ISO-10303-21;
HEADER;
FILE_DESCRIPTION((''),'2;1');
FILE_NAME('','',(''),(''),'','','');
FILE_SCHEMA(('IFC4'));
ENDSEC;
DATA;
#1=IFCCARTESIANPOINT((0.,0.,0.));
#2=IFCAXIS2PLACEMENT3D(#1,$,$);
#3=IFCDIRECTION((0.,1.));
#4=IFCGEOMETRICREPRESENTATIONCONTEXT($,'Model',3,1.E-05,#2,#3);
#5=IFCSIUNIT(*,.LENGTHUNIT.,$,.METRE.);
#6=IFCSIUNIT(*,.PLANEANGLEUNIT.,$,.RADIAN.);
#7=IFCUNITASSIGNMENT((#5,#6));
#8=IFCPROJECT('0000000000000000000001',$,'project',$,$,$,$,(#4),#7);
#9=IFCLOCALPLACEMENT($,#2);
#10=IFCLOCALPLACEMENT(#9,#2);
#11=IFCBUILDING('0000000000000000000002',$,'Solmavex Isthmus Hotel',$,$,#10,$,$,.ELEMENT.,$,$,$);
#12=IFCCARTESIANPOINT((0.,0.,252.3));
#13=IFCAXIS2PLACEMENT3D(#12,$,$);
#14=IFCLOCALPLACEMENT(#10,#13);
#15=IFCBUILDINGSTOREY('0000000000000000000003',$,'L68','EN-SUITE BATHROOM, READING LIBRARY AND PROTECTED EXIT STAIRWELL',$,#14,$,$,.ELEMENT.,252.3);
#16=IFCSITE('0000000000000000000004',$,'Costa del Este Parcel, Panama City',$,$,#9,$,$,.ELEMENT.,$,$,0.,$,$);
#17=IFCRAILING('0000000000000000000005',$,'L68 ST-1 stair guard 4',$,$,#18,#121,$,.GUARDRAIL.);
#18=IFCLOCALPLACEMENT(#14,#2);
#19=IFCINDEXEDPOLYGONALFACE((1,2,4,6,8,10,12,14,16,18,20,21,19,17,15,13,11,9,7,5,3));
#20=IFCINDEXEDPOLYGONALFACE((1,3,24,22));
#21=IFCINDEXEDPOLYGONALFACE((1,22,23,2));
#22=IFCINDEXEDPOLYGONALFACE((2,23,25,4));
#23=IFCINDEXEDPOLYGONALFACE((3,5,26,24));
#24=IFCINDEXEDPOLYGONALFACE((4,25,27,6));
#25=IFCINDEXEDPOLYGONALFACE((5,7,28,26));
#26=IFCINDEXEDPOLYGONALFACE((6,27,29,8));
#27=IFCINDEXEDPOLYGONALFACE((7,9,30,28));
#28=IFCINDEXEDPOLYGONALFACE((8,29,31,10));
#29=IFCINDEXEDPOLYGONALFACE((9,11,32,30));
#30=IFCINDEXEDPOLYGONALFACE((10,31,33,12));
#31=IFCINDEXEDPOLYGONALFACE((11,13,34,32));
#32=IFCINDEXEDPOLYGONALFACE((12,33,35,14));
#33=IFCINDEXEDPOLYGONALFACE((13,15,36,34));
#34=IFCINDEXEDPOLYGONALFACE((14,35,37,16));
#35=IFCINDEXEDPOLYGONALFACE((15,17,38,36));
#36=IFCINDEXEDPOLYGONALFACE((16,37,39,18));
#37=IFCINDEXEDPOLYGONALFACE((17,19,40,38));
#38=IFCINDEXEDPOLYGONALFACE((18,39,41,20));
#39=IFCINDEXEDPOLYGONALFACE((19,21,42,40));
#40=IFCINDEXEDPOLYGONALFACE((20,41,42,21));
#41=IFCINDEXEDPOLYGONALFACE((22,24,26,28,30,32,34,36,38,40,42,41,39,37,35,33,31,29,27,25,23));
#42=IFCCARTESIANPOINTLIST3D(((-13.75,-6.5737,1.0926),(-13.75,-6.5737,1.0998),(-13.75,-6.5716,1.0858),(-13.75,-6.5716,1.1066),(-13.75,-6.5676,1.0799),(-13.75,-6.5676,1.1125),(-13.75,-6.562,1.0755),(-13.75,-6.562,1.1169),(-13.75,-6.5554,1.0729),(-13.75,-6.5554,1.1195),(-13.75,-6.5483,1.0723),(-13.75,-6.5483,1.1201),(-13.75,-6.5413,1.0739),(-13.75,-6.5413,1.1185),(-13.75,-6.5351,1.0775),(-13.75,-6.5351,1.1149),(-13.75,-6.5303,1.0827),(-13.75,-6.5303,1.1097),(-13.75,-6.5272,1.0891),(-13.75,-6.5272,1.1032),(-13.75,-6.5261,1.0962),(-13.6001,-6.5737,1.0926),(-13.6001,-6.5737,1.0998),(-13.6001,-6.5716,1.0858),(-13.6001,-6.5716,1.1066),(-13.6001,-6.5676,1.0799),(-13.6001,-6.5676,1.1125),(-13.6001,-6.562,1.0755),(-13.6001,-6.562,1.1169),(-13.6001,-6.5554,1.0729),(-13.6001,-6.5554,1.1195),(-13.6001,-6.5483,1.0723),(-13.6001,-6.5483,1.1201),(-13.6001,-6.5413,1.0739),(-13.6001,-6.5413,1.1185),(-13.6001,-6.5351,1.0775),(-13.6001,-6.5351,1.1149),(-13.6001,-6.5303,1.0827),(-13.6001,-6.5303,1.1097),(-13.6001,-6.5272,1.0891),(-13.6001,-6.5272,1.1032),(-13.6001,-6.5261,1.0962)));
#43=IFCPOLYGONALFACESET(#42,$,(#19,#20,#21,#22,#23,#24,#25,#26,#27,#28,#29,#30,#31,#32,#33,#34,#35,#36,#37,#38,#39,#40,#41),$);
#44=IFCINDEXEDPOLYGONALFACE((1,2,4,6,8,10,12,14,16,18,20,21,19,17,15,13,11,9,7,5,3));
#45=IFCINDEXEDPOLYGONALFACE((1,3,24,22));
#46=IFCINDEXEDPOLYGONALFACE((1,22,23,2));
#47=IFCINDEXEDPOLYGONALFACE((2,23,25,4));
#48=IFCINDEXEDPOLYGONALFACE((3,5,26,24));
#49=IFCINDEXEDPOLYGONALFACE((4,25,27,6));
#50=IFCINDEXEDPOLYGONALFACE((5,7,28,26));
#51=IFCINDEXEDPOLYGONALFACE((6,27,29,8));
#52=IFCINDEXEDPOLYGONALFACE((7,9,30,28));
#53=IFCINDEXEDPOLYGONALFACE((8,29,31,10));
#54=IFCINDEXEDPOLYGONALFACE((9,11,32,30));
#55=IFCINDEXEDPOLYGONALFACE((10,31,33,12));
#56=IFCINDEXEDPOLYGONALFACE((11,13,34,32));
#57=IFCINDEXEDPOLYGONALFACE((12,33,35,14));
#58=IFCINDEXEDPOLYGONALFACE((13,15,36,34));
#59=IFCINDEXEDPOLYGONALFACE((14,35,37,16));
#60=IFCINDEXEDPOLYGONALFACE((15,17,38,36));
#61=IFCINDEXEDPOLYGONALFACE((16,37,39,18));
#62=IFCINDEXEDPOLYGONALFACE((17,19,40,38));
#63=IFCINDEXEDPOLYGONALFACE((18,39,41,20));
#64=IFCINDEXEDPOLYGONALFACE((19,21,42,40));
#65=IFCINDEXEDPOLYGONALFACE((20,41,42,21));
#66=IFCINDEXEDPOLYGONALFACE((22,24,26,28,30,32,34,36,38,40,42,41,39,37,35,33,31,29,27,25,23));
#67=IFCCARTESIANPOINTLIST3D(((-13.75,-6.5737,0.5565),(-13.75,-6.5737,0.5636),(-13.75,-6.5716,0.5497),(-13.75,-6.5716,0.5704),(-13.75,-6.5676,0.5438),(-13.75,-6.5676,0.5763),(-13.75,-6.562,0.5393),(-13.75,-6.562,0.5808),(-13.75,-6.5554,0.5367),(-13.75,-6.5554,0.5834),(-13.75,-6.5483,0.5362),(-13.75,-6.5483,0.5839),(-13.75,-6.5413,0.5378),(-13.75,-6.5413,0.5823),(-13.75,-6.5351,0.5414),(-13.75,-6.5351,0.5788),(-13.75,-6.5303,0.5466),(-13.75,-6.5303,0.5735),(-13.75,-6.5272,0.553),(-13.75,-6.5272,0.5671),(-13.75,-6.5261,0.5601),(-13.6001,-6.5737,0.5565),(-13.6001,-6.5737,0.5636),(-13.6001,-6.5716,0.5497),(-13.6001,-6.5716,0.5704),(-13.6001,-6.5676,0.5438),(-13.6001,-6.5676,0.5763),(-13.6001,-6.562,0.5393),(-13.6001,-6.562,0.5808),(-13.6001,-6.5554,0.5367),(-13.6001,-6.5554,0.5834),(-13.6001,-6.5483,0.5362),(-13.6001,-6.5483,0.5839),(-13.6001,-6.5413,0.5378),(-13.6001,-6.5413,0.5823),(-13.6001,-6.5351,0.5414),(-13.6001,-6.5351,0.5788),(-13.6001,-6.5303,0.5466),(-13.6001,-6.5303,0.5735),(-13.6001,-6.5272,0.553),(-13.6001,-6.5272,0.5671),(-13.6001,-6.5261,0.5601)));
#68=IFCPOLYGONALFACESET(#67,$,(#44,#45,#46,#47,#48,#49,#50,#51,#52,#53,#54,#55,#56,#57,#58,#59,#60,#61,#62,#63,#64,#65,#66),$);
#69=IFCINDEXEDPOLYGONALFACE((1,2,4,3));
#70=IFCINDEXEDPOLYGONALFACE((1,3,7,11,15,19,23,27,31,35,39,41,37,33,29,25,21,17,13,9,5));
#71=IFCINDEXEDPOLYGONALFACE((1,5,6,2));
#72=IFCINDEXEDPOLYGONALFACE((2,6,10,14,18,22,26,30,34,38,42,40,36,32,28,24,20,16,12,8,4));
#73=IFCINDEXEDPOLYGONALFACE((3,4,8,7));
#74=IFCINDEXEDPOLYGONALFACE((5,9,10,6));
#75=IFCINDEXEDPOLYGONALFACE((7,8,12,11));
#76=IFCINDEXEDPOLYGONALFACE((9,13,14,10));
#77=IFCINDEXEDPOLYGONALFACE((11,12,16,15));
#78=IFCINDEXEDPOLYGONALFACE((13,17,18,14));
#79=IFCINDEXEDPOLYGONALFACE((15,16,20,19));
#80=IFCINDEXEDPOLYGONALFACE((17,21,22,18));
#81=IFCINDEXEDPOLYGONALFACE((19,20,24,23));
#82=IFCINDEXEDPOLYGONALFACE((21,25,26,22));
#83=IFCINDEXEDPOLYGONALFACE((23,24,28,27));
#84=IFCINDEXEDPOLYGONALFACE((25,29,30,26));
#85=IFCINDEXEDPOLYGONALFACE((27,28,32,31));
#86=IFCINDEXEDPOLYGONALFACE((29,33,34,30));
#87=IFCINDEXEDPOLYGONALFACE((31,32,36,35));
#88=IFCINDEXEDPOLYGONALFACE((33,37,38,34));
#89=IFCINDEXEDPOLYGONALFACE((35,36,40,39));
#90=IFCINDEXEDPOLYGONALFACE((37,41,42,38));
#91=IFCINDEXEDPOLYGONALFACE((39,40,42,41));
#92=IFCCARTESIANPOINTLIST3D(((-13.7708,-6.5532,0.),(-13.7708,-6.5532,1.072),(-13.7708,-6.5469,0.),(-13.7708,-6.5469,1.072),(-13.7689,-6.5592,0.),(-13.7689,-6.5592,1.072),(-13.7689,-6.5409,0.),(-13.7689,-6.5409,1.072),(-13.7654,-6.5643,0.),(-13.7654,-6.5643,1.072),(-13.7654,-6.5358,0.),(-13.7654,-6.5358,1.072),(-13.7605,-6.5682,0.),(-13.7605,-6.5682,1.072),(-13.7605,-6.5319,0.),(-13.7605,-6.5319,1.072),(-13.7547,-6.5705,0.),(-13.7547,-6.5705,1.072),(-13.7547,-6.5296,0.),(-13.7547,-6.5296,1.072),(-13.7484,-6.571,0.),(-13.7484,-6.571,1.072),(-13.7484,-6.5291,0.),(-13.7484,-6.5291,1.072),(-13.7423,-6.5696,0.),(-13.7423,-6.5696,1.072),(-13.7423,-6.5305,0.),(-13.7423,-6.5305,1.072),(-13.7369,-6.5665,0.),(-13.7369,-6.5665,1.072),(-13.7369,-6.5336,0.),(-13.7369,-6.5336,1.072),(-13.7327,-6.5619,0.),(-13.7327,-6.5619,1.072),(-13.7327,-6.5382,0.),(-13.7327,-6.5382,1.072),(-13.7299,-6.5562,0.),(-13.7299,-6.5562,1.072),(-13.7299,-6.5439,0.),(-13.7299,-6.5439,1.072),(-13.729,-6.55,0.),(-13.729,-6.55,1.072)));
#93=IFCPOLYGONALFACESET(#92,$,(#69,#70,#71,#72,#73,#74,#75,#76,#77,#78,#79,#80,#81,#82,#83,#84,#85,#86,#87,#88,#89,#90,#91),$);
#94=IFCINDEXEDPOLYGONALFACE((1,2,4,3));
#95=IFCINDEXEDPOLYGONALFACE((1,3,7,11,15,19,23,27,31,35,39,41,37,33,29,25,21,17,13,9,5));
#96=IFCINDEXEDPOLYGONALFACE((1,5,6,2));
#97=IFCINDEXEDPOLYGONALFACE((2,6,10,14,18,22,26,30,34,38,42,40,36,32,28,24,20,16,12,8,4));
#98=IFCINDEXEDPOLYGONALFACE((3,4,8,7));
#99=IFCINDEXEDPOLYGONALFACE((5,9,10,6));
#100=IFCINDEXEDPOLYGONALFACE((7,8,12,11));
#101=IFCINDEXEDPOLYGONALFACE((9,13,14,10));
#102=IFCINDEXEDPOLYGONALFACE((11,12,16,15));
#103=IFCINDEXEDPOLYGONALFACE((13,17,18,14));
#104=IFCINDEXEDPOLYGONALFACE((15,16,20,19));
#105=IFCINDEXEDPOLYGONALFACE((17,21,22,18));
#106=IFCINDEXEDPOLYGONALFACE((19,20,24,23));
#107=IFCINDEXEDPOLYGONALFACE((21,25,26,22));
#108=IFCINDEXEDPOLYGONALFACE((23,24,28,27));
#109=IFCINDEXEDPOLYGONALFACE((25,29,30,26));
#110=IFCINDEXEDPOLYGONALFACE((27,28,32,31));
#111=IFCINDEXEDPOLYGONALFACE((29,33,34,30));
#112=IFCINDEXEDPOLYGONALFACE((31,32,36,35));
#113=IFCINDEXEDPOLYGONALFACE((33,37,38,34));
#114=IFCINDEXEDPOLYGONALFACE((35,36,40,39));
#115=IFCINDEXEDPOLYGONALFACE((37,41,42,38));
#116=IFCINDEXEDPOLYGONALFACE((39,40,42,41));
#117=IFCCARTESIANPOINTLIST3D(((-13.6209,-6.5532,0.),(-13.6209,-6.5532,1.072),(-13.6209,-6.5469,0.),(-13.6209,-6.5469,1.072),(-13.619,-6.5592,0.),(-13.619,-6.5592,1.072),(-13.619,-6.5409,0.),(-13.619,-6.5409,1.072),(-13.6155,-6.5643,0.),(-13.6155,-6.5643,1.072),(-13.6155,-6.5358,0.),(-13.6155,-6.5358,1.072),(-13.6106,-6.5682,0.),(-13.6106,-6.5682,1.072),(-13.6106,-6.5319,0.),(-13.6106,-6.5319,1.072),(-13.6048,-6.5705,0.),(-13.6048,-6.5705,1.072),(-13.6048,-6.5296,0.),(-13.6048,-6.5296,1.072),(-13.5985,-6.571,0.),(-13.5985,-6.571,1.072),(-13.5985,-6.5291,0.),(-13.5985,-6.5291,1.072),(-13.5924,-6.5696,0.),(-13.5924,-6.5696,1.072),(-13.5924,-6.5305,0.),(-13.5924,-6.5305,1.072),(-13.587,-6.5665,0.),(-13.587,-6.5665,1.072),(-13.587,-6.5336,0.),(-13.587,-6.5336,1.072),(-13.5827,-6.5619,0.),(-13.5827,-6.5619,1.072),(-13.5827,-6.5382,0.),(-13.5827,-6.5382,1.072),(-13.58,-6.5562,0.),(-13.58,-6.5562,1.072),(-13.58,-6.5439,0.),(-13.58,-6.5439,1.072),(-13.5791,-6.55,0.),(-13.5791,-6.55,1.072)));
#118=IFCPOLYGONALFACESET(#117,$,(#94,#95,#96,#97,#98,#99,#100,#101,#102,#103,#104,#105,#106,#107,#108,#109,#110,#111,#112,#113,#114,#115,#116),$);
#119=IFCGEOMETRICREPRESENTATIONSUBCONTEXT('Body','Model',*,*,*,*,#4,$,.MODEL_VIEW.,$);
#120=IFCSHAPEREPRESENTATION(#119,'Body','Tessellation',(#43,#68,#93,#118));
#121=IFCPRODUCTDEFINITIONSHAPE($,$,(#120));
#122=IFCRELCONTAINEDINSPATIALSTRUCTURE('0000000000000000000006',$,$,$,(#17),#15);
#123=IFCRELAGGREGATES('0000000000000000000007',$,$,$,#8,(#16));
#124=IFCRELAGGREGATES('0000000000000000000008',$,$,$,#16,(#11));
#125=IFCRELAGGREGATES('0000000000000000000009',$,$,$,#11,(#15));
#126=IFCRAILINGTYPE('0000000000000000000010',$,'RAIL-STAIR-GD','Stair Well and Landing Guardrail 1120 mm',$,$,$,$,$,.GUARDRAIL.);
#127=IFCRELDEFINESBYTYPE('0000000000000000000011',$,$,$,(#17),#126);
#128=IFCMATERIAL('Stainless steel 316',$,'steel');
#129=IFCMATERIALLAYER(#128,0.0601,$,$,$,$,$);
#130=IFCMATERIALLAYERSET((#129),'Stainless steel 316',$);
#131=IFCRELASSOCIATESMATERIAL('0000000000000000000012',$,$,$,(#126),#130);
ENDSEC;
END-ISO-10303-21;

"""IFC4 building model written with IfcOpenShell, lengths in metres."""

from ifc_helpers import new_model, si_unit, direction, frame, origin, origin_2d, place, context, subcontext, project, spatial, circle, extrude, material, layer, layer_set, type_object, element, save


model = new_model("IFC4")

# Units and contexts
model_context = context("Model", 3, precision=1e-05, world=origin(), true_north=direction((0.0, 1.0)))
body_context = subcontext(model_context, "Body", "Model", "MODEL_VIEW")
ifc_project = project(units=[si_unit("LENGTHUNIT", "METRE"), si_unit("PLANEANGLEUNIT", "RADIAN")], contexts=[model_context])

# Site, building, storey
site_placement = place(None, origin())
site = spatial("IfcSite", under=ifc_project, at=site_placement, Name="Costa del Este Parcel, Panama City", CompositionType="ELEMENT", RefElevation=0.0)
building_placement = place(site_placement, origin())
building = spatial("IfcBuilding", under=site, at=building_placement, Name="Solmavex Isthmus Hotel", CompositionType="ELEMENT")
storey_placement = place(building_placement, frame((0.0, 0.0, 252.3)))
storey = spatial("IfcBuildingStorey", under=building, at=storey_placement, Name="L68", Description="EN-SUITE BATHROOM, READING LIBRARY AND PROTECTED EXIT STAIRWELL", CompositionType="ELEMENT", Elevation=252.3)

# Railing
ifc_material_1 = material(Name="Stainless steel 316", Category="steel")
ifc_layer_1 = layer(ifc_material_1, 0.0601)
ifc_layer_set_1 = layer_set([ifc_layer_1], Name="Stainless steel 316")
railing_type_1 = type_object("IfcRailingType", Name="RAIL-STAIR-GD", Description="Stair Well and Landing Guardrail 1120 mm", PredefinedType="GUARDRAIL", material=ifc_layer_set_1)
railing_1_placement = place(storey_placement, frame((-13.75, -6.55, 0.0)))
element("IfcRailing", 1, at=railing_1_placement, inside=storey, type_object=railing_type_1, Name="L68 ST-1 stair guard 4", PredefinedType="GUARDRAIL", context=body_context, shape_type="SweptSolid", body=[
    extrude(circle(Radius=0.0239, at=origin_2d()), frame((0.0, 0.0, 1.0962), z_axis=(1.0, 0.0, 0.0), x_axis=(0.0, 1.0, 0.0)), (0.0, 0.0, 1.0), 0.1499),
    extrude(circle(Radius=0.0239, at=origin_2d()), frame((0.0, 0.0, 0.5601), z_axis=(1.0, 0.0, 0.0), x_axis=(0.0, 1.0, 0.0)), (0.0, 0.0, 1.0), 0.1499),
    extrude(circle(Radius=0.021, at=origin_2d()), origin(), (0.0, 0.0, 1.0), 1.072),
    extrude(circle(Radius=0.021, at=origin_2d()), frame((0.1499, 0.0, 0.0)), (0.0, 0.0, 1.0), 1.072),
])

save(model, "model.ifc")
